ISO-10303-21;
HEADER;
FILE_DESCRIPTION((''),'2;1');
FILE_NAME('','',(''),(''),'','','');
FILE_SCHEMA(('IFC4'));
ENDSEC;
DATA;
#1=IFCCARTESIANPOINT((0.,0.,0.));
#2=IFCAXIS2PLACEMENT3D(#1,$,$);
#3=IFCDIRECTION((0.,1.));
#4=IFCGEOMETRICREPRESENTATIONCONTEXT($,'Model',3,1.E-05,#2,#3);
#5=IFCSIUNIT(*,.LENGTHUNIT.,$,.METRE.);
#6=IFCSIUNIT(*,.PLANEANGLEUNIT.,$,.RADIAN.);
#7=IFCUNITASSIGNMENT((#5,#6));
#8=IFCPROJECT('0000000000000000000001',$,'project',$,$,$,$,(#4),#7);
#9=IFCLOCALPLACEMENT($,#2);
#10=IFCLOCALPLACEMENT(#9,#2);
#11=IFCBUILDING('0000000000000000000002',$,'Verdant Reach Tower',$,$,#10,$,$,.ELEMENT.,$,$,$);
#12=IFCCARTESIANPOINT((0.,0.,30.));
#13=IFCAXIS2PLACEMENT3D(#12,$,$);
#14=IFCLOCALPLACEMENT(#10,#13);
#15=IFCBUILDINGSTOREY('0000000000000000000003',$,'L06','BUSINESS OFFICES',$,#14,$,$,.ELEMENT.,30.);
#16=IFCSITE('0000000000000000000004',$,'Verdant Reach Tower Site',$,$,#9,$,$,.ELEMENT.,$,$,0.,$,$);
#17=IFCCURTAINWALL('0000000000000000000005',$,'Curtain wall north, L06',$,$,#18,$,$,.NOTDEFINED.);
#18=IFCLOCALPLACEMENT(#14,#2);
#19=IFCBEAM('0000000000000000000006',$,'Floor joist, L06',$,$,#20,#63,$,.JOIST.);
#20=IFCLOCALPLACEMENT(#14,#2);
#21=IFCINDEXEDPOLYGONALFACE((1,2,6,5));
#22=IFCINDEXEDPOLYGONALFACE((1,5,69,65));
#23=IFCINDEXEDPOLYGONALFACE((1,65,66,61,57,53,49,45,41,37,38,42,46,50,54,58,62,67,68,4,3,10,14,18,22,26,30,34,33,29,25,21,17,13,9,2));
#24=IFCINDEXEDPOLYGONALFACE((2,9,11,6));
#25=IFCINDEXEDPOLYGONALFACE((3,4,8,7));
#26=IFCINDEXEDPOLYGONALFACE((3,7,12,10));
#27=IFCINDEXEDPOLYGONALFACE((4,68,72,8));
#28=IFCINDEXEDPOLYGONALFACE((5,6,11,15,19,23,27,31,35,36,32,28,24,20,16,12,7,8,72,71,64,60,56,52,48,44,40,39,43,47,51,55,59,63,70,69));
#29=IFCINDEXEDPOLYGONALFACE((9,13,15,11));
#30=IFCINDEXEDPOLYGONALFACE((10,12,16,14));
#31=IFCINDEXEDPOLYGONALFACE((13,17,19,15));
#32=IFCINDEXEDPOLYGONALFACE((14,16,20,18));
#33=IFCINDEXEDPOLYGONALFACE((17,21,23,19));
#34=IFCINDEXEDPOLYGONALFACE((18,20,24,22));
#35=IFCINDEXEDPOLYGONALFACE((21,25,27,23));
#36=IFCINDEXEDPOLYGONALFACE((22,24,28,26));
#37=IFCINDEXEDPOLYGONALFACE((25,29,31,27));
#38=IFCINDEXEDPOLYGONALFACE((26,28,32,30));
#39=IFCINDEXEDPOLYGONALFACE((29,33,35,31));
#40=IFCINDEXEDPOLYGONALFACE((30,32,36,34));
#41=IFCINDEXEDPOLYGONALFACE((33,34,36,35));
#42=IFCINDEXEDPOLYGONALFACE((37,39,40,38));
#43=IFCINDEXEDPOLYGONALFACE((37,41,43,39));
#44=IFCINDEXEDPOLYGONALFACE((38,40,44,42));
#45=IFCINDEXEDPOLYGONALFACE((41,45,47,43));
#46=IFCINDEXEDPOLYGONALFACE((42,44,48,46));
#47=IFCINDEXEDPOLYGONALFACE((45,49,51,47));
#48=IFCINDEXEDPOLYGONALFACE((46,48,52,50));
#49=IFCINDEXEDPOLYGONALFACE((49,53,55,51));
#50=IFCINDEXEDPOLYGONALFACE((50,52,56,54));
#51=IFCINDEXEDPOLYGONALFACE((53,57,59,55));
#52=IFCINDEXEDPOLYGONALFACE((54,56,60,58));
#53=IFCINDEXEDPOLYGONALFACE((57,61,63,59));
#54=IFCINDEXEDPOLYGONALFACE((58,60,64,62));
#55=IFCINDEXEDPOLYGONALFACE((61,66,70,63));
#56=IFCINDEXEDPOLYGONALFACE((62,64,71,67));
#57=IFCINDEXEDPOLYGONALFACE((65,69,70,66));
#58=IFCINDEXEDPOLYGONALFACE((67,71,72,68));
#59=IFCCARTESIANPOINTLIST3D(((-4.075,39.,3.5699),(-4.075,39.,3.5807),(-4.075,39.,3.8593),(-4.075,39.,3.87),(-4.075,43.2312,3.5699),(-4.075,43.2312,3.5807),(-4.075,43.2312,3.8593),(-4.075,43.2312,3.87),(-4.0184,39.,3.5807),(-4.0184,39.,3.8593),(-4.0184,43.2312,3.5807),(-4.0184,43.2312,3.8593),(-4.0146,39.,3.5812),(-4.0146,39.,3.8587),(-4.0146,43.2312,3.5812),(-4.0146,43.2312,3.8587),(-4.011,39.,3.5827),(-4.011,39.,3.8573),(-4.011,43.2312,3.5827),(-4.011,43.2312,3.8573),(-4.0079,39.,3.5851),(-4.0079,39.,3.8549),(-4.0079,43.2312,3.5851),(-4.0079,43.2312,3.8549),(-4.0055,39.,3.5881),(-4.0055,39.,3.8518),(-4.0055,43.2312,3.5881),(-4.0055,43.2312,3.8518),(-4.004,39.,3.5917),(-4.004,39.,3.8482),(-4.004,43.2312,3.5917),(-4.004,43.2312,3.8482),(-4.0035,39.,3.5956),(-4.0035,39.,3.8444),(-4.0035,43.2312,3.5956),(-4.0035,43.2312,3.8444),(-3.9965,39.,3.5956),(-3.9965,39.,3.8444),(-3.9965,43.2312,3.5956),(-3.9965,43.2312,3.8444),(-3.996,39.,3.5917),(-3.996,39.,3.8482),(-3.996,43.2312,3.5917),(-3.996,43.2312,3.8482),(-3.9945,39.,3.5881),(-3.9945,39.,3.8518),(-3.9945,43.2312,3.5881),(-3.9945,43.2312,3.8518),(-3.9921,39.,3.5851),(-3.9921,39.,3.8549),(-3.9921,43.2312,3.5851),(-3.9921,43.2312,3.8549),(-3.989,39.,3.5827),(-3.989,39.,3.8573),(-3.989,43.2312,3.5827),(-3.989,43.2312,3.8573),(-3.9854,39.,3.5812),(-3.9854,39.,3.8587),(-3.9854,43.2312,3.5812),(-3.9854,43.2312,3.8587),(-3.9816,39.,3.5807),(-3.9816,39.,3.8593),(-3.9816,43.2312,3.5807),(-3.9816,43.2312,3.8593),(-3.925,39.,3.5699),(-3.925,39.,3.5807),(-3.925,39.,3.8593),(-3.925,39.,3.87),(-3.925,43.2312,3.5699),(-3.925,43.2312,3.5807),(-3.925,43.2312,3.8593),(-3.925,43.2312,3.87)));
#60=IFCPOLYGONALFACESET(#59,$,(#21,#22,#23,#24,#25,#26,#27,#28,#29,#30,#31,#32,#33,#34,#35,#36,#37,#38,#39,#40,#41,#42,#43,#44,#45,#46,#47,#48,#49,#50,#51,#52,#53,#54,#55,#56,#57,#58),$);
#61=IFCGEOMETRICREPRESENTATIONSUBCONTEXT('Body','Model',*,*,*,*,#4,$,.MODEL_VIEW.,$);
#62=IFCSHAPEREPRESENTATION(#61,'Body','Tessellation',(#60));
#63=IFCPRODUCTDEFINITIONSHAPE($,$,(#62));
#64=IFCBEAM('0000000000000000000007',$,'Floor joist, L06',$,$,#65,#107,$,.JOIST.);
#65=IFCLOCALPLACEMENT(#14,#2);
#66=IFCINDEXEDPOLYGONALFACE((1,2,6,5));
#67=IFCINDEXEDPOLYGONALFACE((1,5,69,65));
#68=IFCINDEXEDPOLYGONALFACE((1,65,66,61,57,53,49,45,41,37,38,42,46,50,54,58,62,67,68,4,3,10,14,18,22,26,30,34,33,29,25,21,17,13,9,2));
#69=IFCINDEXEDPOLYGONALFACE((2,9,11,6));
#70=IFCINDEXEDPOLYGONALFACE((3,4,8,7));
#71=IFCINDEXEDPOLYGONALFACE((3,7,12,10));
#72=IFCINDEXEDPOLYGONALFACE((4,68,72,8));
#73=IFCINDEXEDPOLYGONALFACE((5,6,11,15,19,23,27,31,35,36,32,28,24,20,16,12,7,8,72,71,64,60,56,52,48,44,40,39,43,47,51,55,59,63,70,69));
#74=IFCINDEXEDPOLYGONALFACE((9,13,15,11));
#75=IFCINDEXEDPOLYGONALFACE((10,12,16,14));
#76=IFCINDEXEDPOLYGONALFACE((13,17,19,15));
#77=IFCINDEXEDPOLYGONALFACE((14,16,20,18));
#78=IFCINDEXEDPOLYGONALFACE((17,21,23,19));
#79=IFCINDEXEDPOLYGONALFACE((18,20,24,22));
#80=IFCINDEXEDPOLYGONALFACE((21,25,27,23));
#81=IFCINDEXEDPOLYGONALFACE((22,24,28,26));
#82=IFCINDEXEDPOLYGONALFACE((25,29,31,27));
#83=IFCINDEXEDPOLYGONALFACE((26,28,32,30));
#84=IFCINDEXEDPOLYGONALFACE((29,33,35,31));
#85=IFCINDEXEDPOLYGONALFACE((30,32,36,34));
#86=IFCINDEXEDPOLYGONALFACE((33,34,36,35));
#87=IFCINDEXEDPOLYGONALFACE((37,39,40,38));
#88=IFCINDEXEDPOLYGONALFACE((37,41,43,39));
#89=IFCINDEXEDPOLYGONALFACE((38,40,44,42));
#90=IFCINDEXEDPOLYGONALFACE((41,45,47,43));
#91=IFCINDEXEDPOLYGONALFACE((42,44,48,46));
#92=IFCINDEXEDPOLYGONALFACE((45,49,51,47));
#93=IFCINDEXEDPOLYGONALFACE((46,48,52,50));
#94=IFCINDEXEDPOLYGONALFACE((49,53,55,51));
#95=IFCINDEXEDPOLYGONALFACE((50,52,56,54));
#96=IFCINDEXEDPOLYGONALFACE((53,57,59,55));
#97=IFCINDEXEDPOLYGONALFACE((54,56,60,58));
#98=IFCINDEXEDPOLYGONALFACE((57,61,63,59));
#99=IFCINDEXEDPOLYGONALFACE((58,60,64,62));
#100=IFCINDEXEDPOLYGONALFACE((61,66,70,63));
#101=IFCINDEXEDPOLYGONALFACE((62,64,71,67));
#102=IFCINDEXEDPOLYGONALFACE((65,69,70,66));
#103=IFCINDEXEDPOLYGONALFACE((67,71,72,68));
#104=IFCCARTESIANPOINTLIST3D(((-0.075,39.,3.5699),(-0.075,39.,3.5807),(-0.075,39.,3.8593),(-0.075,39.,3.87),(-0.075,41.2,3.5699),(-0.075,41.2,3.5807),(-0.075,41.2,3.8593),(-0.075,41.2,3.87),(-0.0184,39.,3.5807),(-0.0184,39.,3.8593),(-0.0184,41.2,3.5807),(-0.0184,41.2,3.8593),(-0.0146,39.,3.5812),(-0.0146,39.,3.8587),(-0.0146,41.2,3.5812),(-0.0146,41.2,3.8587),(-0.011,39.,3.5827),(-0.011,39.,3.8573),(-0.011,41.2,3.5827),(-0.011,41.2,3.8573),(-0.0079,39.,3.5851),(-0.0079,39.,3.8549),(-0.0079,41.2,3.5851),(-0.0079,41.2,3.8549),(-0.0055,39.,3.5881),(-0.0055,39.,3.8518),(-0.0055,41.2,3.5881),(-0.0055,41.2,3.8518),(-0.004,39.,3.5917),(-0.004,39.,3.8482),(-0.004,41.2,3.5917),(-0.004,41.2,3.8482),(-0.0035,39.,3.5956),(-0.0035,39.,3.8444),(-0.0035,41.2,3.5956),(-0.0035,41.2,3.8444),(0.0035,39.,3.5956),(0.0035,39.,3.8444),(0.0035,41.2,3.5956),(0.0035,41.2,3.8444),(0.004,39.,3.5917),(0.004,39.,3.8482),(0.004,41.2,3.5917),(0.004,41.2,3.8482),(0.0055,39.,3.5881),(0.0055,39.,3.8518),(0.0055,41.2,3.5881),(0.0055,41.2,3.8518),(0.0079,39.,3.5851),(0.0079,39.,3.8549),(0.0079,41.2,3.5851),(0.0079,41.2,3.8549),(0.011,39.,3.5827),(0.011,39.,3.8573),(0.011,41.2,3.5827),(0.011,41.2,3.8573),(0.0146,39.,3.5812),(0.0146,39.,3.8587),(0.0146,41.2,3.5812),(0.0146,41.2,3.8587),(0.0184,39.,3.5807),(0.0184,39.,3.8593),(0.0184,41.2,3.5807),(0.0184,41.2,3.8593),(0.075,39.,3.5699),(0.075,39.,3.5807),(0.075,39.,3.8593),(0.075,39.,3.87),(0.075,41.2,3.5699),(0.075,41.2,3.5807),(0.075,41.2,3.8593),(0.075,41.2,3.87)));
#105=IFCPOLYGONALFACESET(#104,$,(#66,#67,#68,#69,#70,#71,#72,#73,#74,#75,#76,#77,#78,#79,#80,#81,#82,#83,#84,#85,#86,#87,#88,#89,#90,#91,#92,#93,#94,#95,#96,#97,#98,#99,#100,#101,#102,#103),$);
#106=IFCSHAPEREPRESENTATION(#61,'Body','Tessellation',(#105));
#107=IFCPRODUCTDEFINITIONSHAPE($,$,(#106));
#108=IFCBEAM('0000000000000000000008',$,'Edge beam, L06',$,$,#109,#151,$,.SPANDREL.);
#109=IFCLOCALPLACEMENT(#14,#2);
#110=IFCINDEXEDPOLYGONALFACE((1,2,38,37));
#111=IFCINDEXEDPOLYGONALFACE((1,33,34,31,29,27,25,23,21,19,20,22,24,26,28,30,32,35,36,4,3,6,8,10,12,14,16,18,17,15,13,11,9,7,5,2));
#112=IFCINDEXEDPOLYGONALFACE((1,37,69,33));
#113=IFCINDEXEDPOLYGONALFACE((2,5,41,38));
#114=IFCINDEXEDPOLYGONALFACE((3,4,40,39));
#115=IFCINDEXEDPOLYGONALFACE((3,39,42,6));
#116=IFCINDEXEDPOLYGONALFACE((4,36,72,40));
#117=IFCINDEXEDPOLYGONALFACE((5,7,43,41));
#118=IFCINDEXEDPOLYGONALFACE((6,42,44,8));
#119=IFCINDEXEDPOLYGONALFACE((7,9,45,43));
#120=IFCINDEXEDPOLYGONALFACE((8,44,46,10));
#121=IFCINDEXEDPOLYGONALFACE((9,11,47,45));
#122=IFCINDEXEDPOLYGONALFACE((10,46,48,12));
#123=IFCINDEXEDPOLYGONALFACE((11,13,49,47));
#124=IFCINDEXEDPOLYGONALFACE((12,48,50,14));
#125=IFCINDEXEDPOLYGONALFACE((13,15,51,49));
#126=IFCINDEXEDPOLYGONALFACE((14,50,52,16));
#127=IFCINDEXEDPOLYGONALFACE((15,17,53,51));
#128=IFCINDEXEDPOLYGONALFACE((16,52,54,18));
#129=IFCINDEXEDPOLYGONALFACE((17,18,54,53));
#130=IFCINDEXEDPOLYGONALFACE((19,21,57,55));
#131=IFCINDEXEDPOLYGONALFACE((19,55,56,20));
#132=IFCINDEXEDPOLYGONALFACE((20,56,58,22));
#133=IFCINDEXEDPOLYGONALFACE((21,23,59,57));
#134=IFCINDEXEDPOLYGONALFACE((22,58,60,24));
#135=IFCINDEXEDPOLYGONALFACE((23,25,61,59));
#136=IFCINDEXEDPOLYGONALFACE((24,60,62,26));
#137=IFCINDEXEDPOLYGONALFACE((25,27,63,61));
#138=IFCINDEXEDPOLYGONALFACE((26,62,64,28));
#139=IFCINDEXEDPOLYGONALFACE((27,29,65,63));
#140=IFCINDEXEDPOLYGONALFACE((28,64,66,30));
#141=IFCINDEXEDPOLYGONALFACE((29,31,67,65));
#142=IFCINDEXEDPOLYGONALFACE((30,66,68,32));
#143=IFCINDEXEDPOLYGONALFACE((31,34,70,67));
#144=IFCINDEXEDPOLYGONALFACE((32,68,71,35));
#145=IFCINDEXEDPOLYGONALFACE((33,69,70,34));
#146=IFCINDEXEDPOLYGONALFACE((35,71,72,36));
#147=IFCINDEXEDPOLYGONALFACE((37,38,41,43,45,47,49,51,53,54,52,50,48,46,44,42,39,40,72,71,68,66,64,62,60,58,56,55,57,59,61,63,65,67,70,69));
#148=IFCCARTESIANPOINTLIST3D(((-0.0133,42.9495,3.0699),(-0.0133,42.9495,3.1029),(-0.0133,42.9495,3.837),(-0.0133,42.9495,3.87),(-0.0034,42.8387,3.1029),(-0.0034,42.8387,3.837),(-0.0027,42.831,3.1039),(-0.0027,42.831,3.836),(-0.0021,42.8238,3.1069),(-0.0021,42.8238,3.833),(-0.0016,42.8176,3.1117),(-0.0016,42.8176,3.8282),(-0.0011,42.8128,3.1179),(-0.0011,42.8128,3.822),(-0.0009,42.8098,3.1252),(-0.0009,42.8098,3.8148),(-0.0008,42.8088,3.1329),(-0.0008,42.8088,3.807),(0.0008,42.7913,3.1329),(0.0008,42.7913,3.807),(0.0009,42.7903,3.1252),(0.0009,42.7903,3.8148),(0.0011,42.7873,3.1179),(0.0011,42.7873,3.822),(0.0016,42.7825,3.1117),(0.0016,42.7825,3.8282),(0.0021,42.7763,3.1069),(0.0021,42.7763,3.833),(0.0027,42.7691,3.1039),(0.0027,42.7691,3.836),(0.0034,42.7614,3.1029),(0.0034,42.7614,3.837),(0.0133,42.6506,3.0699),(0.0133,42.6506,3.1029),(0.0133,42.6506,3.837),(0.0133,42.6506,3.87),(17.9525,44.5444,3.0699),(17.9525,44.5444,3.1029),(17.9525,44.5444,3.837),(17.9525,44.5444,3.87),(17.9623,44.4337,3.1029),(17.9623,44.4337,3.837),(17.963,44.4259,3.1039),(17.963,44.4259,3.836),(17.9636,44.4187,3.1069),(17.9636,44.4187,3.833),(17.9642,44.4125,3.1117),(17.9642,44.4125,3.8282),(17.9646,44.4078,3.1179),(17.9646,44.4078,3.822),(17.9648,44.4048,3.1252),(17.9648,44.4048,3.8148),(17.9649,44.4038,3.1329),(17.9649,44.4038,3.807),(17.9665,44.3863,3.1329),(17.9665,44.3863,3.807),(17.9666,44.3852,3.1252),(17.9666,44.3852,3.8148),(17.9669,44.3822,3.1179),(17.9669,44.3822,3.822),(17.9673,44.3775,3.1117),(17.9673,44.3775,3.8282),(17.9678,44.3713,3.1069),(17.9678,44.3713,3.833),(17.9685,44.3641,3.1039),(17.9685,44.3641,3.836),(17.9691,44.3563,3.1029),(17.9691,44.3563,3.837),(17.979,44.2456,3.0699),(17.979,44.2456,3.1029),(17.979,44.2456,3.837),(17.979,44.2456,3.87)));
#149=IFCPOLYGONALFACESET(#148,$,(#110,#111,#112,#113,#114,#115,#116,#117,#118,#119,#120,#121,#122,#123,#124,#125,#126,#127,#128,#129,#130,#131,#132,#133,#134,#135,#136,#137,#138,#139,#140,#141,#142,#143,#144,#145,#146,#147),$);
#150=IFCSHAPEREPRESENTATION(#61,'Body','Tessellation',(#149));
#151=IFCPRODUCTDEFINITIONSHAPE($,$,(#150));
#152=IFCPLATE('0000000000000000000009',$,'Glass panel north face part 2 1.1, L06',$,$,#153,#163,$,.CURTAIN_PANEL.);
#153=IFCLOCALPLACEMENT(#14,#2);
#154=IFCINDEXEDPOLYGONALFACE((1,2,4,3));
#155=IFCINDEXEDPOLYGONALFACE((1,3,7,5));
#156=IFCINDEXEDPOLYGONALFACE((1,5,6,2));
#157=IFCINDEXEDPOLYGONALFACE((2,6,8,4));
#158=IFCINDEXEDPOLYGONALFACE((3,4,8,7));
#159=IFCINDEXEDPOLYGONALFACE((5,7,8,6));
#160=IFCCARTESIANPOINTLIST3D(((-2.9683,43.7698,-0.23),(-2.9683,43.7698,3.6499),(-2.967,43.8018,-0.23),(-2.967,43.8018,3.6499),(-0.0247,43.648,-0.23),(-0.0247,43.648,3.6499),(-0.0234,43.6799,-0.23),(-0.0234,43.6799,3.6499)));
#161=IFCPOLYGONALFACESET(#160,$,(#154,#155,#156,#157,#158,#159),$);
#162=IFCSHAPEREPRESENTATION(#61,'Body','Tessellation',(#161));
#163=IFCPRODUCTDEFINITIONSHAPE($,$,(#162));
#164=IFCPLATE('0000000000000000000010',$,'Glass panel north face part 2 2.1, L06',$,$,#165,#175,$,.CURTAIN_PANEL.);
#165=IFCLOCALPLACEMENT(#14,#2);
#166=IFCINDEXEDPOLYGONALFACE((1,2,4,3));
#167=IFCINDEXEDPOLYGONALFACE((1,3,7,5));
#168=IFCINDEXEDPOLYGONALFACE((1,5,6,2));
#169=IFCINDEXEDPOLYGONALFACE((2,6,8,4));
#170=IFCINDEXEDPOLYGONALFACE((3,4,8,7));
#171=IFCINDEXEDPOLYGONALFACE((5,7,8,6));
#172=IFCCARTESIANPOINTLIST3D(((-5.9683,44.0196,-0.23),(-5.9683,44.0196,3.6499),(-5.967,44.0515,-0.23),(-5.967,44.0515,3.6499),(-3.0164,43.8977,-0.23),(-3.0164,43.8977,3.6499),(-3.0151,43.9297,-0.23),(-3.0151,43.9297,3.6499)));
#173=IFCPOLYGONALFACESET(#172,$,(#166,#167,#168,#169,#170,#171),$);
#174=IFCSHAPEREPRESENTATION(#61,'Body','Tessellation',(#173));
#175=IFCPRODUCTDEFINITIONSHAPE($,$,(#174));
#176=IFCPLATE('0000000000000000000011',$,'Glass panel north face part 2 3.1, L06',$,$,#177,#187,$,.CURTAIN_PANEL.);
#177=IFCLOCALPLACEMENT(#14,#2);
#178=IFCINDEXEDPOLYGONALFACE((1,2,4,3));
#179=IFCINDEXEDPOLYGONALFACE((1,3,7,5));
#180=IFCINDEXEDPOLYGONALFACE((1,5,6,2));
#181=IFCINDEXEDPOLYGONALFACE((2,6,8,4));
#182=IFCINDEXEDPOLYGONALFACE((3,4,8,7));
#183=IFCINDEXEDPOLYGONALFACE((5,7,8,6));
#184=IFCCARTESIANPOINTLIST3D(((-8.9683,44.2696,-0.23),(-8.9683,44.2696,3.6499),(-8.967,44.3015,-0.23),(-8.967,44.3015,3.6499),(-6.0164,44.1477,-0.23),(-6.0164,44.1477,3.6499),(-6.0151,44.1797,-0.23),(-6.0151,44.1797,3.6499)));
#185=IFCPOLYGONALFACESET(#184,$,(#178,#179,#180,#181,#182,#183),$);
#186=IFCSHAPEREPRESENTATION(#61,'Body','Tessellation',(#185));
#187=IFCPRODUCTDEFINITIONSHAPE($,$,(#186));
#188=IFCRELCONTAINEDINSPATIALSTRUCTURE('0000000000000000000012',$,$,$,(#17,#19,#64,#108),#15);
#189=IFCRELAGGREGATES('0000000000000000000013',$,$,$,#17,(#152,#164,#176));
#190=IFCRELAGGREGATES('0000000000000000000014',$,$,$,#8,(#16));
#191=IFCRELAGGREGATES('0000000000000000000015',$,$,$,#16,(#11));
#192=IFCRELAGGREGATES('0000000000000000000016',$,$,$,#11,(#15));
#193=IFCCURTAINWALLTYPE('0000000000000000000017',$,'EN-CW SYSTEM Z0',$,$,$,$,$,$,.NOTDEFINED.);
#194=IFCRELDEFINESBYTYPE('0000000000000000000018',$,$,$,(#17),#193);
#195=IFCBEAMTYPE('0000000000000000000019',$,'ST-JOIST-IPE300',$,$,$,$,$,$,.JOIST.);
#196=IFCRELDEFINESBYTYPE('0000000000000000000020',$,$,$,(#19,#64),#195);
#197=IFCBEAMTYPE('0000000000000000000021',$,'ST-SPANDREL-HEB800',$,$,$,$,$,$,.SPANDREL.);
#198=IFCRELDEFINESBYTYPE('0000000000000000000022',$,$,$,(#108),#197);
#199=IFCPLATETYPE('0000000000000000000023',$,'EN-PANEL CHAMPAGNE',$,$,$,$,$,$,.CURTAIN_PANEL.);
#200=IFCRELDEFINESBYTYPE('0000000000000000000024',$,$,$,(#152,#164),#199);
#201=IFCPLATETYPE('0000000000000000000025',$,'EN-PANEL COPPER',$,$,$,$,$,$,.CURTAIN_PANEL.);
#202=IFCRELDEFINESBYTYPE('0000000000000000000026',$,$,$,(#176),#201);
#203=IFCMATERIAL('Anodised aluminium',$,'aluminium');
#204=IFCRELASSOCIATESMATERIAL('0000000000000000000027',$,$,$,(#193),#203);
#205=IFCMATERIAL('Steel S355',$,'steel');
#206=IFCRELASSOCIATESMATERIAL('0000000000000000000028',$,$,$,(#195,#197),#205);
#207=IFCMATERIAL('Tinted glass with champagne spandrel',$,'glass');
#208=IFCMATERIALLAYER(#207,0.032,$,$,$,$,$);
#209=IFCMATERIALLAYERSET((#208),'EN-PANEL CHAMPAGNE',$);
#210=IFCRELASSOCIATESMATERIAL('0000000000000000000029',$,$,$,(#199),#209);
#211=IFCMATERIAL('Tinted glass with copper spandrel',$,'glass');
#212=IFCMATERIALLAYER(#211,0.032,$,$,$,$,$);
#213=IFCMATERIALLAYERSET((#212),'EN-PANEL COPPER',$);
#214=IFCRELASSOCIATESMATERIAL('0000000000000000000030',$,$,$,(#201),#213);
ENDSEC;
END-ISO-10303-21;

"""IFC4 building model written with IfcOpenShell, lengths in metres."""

from ifc_helpers import new_model, si_unit, direction, frame, origin, origin_2d, place, context, subcontext, project, spatial, rectangle, i_section, extrude, material, layer, layer_set, material_profile, profile_set, type_object, element, aggregate, save


model = new_model("IFC4")

# Units and contexts
model_context = context("Model", 3, precision=1e-05, world=origin(), true_north=direction((0.0, 1.0)))
body_context = subcontext(model_context, "Body", "Model", "MODEL_VIEW")
ifc_project = project(units=[si_unit("LENGTHUNIT", "METRE"), si_unit("PLANEANGLEUNIT", "RADIAN")], contexts=[model_context])

# Site, building, storey
site_placement = place(None, origin())
site = spatial("IfcSite", under=ifc_project, at=site_placement, Name="Verdant Reach Tower Site", CompositionType="ELEMENT", RefElevation=0.0)
building_placement = place(site_placement, origin())
building = spatial("IfcBuilding", under=site, at=building_placement, Name="Verdant Reach Tower", CompositionType="ELEMENT")
storey_placement = place(building_placement, frame((0.0, 0.0, 30.0)))
storey = spatial("IfcBuildingStorey", under=building, at=storey_placement, Name="L06", Description="BUSINESS OFFICES", CompositionType="ELEMENT", Elevation=30.0)

# Curtain wall
ifc_material_1 = material(Name="Anodised aluminium", Category="aluminium")
curtain_wall_type = type_object("IfcCurtainWallType", Name="EN-CW SYSTEM Z0", PredefinedType="NOTDEFINED", material=ifc_material_1)
curtain_wall_placement = place(storey_placement, origin())
curtain_wall = element("IfcCurtainWall", 1, at=curtain_wall_placement, inside=storey, type_object=curtain_wall_type, Name="Curtain wall north, L06", PredefinedType="NOTDEFINED")

# Beams
ifc_material_2 = material(Name="Steel S355", Category="steel")
ifc_material_profile_1 = material_profile(ifc_material_2, i_section(OverallWidth=0.1499, OverallDepth=0.3, WebThickness=0.0071, FlangeThickness=0.0107, FilletRadius=0.0149, at=origin_2d()), Name="IPE 300")
ifc_profile_set_1 = profile_set([ifc_material_profile_1], Name="Steel S355")
beam_type_1 = type_object("IfcBeamType", Name="ST-JOIST-IPE300", PredefinedType="JOIST", material=ifc_profile_set_1)
beam_1_placement = place(storey_placement, frame((-4.0, 39.0, 3.72), z_axis=(0.0, 1.0, 0.0), x_axis=(-1.0, 0.0, 0.0)))
element("IfcBeam", 2, at=beam_1_placement, inside=storey, type_object=beam_type_1, Name="Floor joist, L06", PredefinedType="JOIST", context=body_context, shape_type="SweptSolid", body=[
    extrude(i_section(OverallWidth=0.1499, OverallDepth=0.3, WebThickness=0.0071, FlangeThickness=0.0107, FilletRadius=0.0149, at=origin_2d()), origin(), (0.0, 0.0, 1.0), 4.2312),
])
beam_2_placement = place(storey_placement, frame((0.0, 39.0, 3.72), z_axis=(0.0, 1.0, 0.0), x_axis=(-1.0, 0.0, 0.0)))
element("IfcBeam", 3, at=beam_2_placement, inside=storey, type_object=beam_type_1, Name="Floor joist, L06", PredefinedType="JOIST", context=body_context, shape_type="SweptSolid", body=[
    extrude(i_section(OverallWidth=0.1499, OverallDepth=0.3, WebThickness=0.0071, FlangeThickness=0.0107, FilletRadius=0.0149, at=origin_2d()), origin(), (0.0, 0.0, 1.0), 2.2),
])
ifc_material_profile_2 = material_profile(ifc_material_2, i_section(OverallWidth=0.3, OverallDepth=0.8, WebThickness=0.0176, FlangeThickness=0.033, FilletRadius=0.03, at=origin_2d()), Name="HEB 800")
ifc_profile_set_2 = profile_set([ifc_material_profile_2], Name="Steel S355")
beam_type_2 = type_object("IfcBeamType", Name="ST-SPANDREL-HEB800", PredefinedType="SPANDREL", material=ifc_profile_set_2)
beam_3_placement = place(storey_placement, frame((0.0, 42.8, 3.47), z_axis=(0.996082, 0.08843, 0.0), x_axis=(-0.08843, 0.996082, 0.0)))
element("IfcBeam", 4, at=beam_3_placement, inside=storey, type_object=beam_type_2, Name="Edge beam, L06", PredefinedType="SPANDREL", context=body_context, shape_type="SweptSolid", body=[
    extrude(i_section(OverallWidth=0.3, OverallDepth=0.8, WebThickness=0.0176, FlangeThickness=0.033, FilletRadius=0.03, at=origin_2d()), origin(), (0.0, 0.0, 1.0), 18.0364),
])

# Plates
ifc_material_3 = material(Name="Tinted glass with champagne spandrel", Category="glass")
ifc_layer_1 = layer(ifc_material_3, 0.032)
ifc_layer_set_1 = layer_set([ifc_layer_1], Name="EN-PANEL CHAMPAGNE")
plate_type_1 = type_object("IfcPlateType", Name="EN-PANEL CHAMPAGNE", PredefinedType="CURTAIN_PANEL", material=ifc_layer_set_1)
plate_1_placement = place(storey_placement, frame((-1.4958, 43.7249, -0.23), z_axis=(0.0, 0.0, 1.0), x_axis=(-0.999144, 0.041357, 0.0)))
plate_1 = element("IfcPlate", 5, at=plate_1_placement, type_object=plate_type_1, Name="Glass panel north face part 2 1.1, L06", PredefinedType="CURTAIN_PANEL", context=body_context, shape_type="SweptSolid", body=[
    extrude(rectangle(XDim=2.946, YDim=0.032, at=origin_2d()), origin(), (0.0, 0.0, 1.0), 3.8799),
])
plate_2_placement = place(storey_placement, frame((-4.4917, 43.9746, -0.23), z_axis=(0.0, 0.0, 1.0), x_axis=(-0.999149, 0.041242, 0.0)))
plate_2 = element("IfcPlate", 6, at=plate_2_placement, type_object=plate_type_1, Name="Glass panel north face part 2 2.1, L06", PredefinedType="CURTAIN_PANEL", context=body_context, shape_type="SweptSolid", body=[
    extrude(rectangle(XDim=2.9543, YDim=0.032, at=origin_2d()), origin(), (0.0, 0.0, 1.0), 3.8799),
])
ifc_material_4 = material(Name="Tinted glass with copper spandrel", Category="glass")
ifc_layer_2 = layer(ifc_material_4, 0.032)
ifc_layer_set_2 = layer_set([ifc_layer_2], Name="EN-PANEL COPPER")
plate_type_2 = type_object("IfcPlateType", Name="EN-PANEL COPPER", PredefinedType="CURTAIN_PANEL", material=ifc_layer_set_2)
plate_3_placement = place(storey_placement, frame((-7.4917, 44.2246, -0.23), z_axis=(0.0, 0.0, 1.0), x_axis=(-0.999149, 0.041242, 0.0)))
plate_3 = element("IfcPlate", 7, at=plate_3_placement, type_object=plate_type_2, Name="Glass panel north face part 2 3.1, L06", PredefinedType="CURTAIN_PANEL", context=body_context, shape_type="SweptSolid", body=[
    extrude(rectangle(XDim=2.9543, YDim=0.032, at=origin_2d()), origin(), (0.0, 0.0, 1.0), 3.8799),
])
aggregate(curtain_wall, [plate_1, plate_2, plate_3])

save(model, "model.ifc")
